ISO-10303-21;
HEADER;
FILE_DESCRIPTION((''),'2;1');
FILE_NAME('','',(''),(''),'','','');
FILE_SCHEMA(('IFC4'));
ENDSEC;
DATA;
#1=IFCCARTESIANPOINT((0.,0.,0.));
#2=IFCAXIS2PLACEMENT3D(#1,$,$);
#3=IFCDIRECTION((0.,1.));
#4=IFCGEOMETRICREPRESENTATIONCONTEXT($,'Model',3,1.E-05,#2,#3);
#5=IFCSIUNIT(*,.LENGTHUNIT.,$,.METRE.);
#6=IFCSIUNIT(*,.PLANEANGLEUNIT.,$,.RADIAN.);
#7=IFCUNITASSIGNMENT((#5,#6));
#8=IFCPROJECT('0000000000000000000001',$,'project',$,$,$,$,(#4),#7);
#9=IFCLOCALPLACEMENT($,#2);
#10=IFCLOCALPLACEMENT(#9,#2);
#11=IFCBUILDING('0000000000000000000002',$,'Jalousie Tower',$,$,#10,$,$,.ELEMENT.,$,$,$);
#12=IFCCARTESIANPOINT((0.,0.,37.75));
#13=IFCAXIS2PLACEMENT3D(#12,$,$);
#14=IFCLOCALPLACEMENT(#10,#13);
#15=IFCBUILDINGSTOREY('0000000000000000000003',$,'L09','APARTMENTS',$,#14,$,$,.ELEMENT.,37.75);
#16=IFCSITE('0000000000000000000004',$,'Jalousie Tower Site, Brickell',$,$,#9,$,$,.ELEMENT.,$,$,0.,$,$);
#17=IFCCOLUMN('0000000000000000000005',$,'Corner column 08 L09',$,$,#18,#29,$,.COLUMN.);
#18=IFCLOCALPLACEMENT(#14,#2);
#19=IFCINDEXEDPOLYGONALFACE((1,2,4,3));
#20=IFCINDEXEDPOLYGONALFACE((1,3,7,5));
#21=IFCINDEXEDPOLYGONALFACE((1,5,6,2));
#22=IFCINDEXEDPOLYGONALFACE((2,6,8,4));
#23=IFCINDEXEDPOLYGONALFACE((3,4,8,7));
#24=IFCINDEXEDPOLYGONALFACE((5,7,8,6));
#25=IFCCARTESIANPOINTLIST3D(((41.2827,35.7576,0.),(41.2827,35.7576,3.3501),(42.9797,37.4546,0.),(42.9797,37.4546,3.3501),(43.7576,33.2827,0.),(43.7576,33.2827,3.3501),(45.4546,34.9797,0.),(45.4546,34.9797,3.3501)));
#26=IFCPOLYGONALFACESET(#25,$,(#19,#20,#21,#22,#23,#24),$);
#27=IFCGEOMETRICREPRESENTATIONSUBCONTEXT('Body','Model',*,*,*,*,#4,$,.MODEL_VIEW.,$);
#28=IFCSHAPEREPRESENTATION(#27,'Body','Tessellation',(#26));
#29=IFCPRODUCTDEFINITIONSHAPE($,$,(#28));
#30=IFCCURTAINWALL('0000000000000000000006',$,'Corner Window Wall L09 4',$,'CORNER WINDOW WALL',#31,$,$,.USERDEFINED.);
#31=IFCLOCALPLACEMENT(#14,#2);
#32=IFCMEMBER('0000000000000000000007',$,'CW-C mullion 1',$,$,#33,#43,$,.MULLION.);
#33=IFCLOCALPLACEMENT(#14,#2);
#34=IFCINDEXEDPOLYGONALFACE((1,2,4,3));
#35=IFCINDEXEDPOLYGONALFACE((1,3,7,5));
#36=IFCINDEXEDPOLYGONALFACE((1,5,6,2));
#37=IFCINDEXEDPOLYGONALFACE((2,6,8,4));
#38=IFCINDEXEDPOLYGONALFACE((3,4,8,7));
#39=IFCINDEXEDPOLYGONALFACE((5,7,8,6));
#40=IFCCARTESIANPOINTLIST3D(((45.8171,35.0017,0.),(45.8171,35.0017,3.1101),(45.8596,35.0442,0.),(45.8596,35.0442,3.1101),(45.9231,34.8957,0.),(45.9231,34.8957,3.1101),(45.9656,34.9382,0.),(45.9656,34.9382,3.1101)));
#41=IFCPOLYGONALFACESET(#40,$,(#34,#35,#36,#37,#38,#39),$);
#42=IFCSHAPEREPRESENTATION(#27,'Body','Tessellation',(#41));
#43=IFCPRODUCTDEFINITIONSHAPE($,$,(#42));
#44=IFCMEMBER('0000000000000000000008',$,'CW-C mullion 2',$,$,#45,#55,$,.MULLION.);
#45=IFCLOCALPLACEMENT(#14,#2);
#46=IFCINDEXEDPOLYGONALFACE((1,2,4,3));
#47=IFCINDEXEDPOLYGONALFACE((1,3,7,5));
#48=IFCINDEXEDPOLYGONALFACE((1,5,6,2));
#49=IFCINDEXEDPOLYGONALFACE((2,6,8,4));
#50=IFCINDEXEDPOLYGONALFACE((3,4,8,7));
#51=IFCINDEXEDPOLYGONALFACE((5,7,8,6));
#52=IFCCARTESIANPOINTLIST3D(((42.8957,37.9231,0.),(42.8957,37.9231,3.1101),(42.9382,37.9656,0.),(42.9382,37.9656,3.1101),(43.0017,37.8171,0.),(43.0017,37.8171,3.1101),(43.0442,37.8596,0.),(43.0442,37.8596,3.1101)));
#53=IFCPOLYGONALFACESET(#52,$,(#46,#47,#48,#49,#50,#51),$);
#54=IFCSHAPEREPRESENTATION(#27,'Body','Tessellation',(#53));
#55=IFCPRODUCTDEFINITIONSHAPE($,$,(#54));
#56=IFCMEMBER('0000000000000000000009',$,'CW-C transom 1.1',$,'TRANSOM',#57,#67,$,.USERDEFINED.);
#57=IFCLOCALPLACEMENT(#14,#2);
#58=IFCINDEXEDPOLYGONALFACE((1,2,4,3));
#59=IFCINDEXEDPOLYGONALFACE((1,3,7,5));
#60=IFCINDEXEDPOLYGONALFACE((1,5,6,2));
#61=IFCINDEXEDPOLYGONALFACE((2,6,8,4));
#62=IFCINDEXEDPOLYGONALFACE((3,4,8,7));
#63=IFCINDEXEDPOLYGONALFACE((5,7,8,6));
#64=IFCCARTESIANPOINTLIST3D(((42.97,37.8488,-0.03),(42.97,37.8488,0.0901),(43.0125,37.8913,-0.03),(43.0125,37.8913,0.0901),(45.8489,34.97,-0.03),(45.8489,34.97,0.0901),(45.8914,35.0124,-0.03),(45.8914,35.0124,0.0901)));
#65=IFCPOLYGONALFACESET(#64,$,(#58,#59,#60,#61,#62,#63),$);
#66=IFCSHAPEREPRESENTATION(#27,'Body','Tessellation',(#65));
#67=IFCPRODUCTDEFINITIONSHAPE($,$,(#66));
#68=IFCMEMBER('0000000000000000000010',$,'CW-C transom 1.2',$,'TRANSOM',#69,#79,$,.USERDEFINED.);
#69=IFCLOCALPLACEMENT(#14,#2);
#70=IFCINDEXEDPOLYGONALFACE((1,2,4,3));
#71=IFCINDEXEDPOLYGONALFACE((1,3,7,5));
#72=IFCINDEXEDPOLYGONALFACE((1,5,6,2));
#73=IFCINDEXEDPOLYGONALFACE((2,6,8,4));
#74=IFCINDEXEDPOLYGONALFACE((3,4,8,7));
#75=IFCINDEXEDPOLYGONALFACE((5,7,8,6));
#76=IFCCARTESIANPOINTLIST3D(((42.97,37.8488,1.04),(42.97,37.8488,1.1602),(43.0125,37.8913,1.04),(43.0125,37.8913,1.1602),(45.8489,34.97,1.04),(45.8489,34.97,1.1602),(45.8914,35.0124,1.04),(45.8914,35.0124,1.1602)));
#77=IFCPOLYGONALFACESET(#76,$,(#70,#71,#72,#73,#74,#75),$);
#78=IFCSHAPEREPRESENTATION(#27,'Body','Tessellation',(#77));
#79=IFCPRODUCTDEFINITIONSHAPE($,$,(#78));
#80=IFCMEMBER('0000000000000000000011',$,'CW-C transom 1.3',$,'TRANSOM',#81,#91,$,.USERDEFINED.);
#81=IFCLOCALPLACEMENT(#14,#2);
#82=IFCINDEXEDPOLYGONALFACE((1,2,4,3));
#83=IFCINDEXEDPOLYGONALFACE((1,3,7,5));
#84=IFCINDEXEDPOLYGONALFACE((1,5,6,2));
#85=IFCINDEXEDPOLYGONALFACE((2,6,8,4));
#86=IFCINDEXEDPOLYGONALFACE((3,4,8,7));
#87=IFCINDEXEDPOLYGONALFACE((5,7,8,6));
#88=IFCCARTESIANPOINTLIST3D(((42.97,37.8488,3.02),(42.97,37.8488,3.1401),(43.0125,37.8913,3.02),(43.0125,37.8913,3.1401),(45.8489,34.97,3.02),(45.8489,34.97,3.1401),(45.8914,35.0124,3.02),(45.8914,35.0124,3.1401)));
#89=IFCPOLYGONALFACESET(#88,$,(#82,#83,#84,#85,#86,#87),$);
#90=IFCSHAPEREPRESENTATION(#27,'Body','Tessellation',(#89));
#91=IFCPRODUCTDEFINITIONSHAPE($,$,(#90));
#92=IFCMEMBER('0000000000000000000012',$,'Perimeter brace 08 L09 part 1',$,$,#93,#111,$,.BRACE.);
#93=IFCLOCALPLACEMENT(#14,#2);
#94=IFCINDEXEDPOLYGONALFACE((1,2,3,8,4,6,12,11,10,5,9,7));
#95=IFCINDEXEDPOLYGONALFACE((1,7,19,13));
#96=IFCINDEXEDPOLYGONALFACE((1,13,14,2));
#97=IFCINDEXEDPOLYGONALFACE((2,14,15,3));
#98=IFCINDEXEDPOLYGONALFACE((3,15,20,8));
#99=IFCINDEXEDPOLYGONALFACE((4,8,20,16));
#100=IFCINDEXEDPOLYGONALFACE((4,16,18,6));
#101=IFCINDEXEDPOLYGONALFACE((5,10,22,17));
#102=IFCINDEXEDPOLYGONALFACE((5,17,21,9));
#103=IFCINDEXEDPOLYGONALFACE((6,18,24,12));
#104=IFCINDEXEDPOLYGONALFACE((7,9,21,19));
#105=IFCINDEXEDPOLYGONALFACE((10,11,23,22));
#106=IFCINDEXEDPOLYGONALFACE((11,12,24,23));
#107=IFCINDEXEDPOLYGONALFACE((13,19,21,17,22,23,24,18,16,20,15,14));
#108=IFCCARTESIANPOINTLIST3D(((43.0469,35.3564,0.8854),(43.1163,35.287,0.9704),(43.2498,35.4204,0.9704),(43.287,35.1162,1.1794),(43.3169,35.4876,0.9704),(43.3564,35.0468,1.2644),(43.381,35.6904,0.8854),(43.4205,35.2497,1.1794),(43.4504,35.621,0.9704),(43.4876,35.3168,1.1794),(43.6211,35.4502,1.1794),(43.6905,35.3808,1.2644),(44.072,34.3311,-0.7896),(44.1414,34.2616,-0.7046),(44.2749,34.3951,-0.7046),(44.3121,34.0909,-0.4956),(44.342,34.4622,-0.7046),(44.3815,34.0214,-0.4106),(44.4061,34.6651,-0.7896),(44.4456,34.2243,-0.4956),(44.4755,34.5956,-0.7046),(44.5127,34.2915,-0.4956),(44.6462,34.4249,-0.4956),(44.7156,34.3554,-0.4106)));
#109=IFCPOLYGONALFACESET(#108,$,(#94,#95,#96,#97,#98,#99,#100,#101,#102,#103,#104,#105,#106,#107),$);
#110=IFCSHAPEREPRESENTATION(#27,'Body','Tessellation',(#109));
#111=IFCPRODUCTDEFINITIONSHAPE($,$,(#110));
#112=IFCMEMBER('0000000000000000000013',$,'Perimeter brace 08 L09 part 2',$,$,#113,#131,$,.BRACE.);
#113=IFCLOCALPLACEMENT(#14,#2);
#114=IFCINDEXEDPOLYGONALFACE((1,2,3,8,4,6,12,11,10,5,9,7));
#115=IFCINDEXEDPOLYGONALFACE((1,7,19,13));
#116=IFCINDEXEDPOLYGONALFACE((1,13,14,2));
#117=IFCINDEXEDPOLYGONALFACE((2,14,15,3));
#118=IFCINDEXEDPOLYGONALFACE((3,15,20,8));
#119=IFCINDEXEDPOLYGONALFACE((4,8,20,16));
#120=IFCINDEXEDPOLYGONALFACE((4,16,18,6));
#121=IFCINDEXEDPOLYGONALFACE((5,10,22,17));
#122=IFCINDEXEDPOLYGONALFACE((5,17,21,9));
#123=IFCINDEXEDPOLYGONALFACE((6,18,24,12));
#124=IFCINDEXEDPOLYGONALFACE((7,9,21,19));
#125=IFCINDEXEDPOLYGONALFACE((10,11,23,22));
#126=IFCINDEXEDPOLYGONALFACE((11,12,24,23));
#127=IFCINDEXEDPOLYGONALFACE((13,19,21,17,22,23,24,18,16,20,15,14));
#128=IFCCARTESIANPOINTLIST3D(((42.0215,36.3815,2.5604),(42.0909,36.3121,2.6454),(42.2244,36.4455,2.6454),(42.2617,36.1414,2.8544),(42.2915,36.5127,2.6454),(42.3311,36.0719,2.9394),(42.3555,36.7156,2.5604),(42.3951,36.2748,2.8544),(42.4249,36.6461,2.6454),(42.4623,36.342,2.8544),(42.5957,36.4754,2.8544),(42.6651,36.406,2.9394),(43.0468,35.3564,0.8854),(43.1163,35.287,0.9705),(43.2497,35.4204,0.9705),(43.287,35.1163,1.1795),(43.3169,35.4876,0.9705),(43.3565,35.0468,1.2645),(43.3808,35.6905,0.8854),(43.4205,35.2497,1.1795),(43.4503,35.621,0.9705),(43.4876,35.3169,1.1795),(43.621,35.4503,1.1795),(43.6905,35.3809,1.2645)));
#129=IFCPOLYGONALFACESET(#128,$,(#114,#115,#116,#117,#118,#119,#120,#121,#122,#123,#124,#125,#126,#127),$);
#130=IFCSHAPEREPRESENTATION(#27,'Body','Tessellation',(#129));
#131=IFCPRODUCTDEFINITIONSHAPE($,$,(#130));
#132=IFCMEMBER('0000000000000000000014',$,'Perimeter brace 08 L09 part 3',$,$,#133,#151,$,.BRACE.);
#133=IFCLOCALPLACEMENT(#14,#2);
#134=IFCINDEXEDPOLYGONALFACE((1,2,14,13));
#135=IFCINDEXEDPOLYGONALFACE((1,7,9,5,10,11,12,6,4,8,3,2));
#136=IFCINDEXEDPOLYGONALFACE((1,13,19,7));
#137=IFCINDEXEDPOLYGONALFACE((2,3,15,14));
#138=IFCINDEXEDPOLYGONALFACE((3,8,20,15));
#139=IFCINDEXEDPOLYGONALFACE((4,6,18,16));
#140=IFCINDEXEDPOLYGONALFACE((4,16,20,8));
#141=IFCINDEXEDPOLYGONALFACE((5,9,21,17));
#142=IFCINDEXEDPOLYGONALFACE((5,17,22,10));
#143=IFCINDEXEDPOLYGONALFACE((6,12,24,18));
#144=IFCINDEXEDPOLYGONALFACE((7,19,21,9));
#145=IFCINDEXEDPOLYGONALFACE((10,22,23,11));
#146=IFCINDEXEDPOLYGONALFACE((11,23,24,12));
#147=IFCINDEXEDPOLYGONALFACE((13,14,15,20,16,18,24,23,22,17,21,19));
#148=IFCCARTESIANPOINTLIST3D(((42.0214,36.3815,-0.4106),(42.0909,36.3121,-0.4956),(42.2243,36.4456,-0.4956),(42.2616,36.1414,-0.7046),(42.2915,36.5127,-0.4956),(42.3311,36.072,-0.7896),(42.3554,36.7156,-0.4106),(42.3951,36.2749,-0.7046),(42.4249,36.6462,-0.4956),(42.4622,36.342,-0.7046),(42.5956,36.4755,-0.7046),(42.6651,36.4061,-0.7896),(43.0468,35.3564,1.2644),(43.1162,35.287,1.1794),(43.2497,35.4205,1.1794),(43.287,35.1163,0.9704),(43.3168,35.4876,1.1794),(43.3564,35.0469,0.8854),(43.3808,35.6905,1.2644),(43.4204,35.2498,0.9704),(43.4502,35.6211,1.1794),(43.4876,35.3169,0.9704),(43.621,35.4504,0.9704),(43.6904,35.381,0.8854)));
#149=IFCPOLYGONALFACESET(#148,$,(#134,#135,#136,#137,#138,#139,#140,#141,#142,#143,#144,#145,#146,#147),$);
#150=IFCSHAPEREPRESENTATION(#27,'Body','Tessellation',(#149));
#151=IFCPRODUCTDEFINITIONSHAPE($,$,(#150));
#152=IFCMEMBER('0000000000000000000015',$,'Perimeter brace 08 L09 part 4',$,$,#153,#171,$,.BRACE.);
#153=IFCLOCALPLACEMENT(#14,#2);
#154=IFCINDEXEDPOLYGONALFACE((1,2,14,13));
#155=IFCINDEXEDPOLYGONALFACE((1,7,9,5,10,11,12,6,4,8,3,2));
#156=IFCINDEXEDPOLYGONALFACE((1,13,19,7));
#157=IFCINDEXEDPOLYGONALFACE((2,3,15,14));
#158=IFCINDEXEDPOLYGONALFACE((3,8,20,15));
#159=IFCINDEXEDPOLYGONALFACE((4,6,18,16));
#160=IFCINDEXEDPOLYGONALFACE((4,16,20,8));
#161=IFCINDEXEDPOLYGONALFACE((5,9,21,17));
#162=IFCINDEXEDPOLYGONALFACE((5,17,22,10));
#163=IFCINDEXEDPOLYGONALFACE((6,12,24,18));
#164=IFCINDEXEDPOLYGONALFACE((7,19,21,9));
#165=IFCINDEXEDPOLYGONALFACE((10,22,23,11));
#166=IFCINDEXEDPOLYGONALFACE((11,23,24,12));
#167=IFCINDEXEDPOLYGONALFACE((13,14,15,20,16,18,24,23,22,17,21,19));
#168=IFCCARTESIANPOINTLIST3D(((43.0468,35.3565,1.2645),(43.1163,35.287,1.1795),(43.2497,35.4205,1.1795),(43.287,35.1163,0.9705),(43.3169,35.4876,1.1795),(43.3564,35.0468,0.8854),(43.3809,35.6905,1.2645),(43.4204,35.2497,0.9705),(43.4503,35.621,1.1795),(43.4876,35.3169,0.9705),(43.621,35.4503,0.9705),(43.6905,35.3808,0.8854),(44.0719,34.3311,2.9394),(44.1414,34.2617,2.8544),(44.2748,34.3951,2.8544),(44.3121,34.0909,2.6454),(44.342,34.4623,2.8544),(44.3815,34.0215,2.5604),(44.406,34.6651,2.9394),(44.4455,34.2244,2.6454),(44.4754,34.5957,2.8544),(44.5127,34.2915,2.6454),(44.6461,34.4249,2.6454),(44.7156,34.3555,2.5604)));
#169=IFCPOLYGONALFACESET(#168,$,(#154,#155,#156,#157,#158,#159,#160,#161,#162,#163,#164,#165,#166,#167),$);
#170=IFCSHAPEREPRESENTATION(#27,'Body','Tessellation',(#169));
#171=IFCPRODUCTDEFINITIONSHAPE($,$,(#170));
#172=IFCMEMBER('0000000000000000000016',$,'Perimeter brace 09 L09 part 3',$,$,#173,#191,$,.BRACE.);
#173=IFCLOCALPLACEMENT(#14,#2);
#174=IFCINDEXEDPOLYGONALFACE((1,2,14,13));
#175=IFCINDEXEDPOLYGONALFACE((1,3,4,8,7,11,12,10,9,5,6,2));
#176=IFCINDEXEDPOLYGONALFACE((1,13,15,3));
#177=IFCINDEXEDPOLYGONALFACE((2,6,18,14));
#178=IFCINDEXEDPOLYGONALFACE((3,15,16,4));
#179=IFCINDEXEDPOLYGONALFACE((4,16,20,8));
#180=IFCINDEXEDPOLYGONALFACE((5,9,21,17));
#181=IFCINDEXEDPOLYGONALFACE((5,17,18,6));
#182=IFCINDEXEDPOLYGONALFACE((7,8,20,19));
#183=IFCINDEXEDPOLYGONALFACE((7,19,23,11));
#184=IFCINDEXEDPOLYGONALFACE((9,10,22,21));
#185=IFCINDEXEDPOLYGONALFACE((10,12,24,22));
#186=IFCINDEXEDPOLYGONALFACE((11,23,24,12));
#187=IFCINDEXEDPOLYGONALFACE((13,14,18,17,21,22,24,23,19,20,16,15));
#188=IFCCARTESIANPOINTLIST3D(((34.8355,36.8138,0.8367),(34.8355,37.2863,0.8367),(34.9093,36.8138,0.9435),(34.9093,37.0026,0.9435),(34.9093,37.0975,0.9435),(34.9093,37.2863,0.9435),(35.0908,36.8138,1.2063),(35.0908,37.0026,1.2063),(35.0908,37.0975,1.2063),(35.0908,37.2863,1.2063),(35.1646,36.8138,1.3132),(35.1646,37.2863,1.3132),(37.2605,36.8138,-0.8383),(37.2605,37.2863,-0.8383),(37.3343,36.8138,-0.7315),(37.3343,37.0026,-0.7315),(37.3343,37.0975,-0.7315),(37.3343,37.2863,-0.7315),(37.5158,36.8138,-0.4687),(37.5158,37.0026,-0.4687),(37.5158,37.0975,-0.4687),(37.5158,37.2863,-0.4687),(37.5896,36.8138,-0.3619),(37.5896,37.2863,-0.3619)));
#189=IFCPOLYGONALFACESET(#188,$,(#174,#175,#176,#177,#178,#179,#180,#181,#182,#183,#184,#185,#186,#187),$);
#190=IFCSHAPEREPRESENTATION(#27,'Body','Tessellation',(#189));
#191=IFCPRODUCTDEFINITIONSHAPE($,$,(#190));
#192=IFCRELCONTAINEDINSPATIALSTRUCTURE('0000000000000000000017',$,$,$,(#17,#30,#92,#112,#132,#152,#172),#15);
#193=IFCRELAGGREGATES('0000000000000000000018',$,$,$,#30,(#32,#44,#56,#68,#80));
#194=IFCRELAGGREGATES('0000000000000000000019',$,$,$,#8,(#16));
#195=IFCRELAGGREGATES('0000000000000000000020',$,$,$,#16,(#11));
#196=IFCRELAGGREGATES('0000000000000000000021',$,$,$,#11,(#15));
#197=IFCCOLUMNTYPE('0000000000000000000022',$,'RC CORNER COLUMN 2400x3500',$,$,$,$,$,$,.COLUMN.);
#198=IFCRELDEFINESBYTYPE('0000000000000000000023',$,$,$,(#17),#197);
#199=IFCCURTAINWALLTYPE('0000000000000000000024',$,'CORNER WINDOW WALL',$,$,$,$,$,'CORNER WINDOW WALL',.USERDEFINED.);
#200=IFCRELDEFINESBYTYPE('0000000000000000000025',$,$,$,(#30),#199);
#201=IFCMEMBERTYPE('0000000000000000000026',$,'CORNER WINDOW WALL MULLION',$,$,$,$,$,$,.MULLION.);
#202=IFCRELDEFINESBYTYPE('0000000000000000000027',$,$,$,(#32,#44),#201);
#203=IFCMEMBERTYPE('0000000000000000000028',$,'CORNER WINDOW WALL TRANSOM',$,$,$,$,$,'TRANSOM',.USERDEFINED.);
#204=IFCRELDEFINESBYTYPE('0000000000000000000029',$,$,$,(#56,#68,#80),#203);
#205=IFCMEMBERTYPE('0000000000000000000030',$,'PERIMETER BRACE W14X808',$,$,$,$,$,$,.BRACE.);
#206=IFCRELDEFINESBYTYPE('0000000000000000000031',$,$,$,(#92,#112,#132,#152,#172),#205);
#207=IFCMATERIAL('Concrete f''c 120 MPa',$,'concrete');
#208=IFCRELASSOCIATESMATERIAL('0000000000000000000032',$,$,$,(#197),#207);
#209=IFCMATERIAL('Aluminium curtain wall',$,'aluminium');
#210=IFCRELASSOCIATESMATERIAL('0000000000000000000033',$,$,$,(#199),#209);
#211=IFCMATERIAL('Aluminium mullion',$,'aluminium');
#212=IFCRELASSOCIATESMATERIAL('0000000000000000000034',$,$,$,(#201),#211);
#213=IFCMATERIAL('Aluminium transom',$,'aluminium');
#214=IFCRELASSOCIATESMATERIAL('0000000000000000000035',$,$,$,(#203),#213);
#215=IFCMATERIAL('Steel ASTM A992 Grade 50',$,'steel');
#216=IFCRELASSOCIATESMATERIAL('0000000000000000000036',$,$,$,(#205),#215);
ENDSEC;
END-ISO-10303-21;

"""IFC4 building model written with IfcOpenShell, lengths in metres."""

from ifc_helpers import new_model, si_unit, direction, frame, origin, origin_2d, place, context, subcontext, project, spatial, rectangle, i_section, extrude, material, material_profile, profile_set, type_object, element, aggregate, save


model = new_model("IFC4")

# Units and contexts
model_context = context("Model", 3, precision=1e-05, world=origin(), true_north=direction((0.0, 1.0)))
body_context = subcontext(model_context, "Body", "Model", "MODEL_VIEW")
ifc_project = project(units=[si_unit("LENGTHUNIT", "METRE"), si_unit("PLANEANGLEUNIT", "RADIAN")], contexts=[model_context])

# Site, building, storey
site_placement = place(None, origin())
site = spatial("IfcSite", under=ifc_project, at=site_placement, Name="Jalousie Tower Site, Brickell", CompositionType="ELEMENT", RefElevation=0.0)
building_placement = place(site_placement, origin())
building = spatial("IfcBuilding", under=site, at=building_placement, Name="Jalousie Tower", CompositionType="ELEMENT")
storey_placement = place(building_placement, frame((0.0, 0.0, 37.75)))
storey = spatial("IfcBuildingStorey", under=building, at=storey_placement, Name="L09", Description="APARTMENTS", CompositionType="ELEMENT", Elevation=37.75)

# Column
ifc_material_1 = material(Name="Concrete f'c 120 MPa", Category="concrete")
ifc_material_profile_1 = material_profile(ifc_material_1, rectangle(XDim=2.3999, YDim=3.5, at=origin_2d()), Name="RC 2400x3500")
ifc_profile_set_1 = profile_set([ifc_material_profile_1], Name="Concrete f'c 120 MPa")
column_type = type_object("IfcColumnType", Name="RC CORNER COLUMN 2400x3500", PredefinedType="COLUMN", material=ifc_profile_set_1)
column_placement = place(storey_placement, frame((43.3687, 35.3687, 0.0), z_axis=(0.0, 0.0, 1.0), x_axis=(-0.707107, -0.707107, 0.0)))
element("IfcColumn", 1, at=column_placement, inside=storey, type_object=column_type, Name="Corner column 08 L09", PredefinedType="COLUMN", context=body_context, shape_type="SweptSolid", body=[
    extrude(rectangle(XDim=2.3999, YDim=3.5, at=origin_2d()), origin(), (0.0, 0.0, 1.0), 3.3501),
])

# Curtain wall, members
ifc_material_2 = material(Name="Aluminium curtain wall", Category="aluminium")
curtain_wall_type_1 = type_object("IfcCurtainWallType", Name="CORNER WINDOW WALL", ElementType="CORNER WINDOW WALL", PredefinedType="USERDEFINED", material=ifc_material_2)
curtain_wall_1_placement = place(storey_placement, origin())
curtain_wall_1 = element("IfcCurtainWall", 2, at=curtain_wall_1_placement, inside=storey, type_object=curtain_wall_type_1, Name="Corner Window Wall L09 4", ObjectType="CORNER WINDOW WALL", PredefinedType="USERDEFINED")
ifc_material_3 = material(Name="Aluminium mullion", Category="aluminium")
ifc_material_profile_2 = material_profile(ifc_material_3, rectangle(XDim=0.0601, YDim=0.1499, at=origin_2d()), Name="MULLION 60x150")
ifc_profile_set_2 = profile_set([ifc_material_profile_2], Name="Aluminium mullion")
member_type_1 = type_object("IfcMemberType", Name="CORNER WINDOW WALL MULLION", PredefinedType="MULLION", material=ifc_profile_set_2)
member_1_placement = place(storey_placement, frame((45.8914, 34.97, 0.0), z_axis=(0.0, 0.0, 1.0), x_axis=(-0.707107, -0.707107, 0.0)))
member_1 = element("IfcMember", 3, at=member_1_placement, type_object=member_type_1, Name="CW-C mullion 1", PredefinedType="MULLION", context=body_context, shape_type="SweptSolid", body=[
    extrude(rectangle(XDim=0.0601, YDim=0.1499, at=origin_2d()), origin(), (0.0, 0.0, 1.0), 3.1101),
])
member_2_placement = place(storey_placement, frame((42.97, 37.8914, 0.0), z_axis=(0.0, 0.0, 1.0), x_axis=(-0.707107, -0.707107, 0.0)))
member_2 = element("IfcMember", 4, at=member_2_placement, type_object=member_type_1, Name="CW-C mullion 2", PredefinedType="MULLION", context=body_context, shape_type="SweptSolid", body=[
    extrude(rectangle(XDim=0.0601, YDim=0.1499, at=origin_2d()), origin(), (0.0, 0.0, 1.0), 3.1101),
])
ifc_material_4 = material(Name="Aluminium transom", Category="aluminium")
ifc_material_profile_3 = material_profile(ifc_material_4, rectangle(XDim=0.0601, YDim=0.1201, at=origin_2d()), Name="TRANSOM 60x120")
ifc_profile_set_3 = profile_set([ifc_material_profile_3], Name="Aluminium transom")
member_type_2 = type_object("IfcMemberType", Name="CORNER WINDOW WALL TRANSOM", ElementType="TRANSOM", PredefinedType="USERDEFINED", material=ifc_profile_set_3)
member_3_placement = place(storey_placement, frame((45.8701, 34.9912, 0.03), z_axis=(-0.707107, 0.707107, 0.0), x_axis=(-0.707107, -0.707107, 0.0)))
member_3 = element("IfcMember", 5, at=member_3_placement, type_object=member_type_2, Name="CW-C transom 1.1", ObjectType="TRANSOM", PredefinedType="USERDEFINED", context=body_context, shape_type="SweptSolid", body=[
    extrude(rectangle(XDim=0.0601, YDim=0.1201, at=origin_2d()), origin(), (0.0, 0.0, 1.0), 4.0713),
])
member_4_placement = place(storey_placement, frame((45.8701, 34.9912, 1.1001), z_axis=(-0.707107, 0.707107, 0.0), x_axis=(-0.707107, -0.707107, 0.0)))
member_4 = element("IfcMember", 6, at=member_4_placement, type_object=member_type_2, Name="CW-C transom 1.2", ObjectType="TRANSOM", PredefinedType="USERDEFINED", context=body_context, shape_type="SweptSolid", body=[
    extrude(rectangle(XDim=0.0601, YDim=0.1201, at=origin_2d()), origin(), (0.0, 0.0, 1.0), 4.0713),
])
member_5_placement = place(storey_placement, frame((45.8701, 34.9912, 3.0801), z_axis=(-0.707107, 0.707107, 0.0), x_axis=(-0.707107, -0.707107, 0.0)))
member_5 = element("IfcMember", 7, at=member_5_placement, type_object=member_type_2, Name="CW-C transom 1.3", ObjectType="TRANSOM", PredefinedType="USERDEFINED", context=body_context, shape_type="SweptSolid", body=[
    extrude(rectangle(XDim=0.0601, YDim=0.1201, at=origin_2d()), origin(), (0.0, 0.0, 1.0), 4.0713),
])

# Members
ifc_material_5 = material(Name="Steel ASTM A992 Grade 50", Category="steel")
ifc_material_profile_4 = material_profile(ifc_material_5, i_section(OverallWidth=0.4724, OverallDepth=0.5791, WebThickness=0.095, FlangeThickness=0.1299, at=origin_2d()), Name="W14X808")
ifc_profile_set_4 = profile_set([ifc_material_profile_4], Name="Steel ASTM A992 Grade 50")
member_type_3 = type_object("IfcMemberType", Name="PERIMETER BRACE W14X808", PredefinedType="BRACE", material=ifc_profile_set_4)
for number, where, z_axis, x_axis, name in (
    (8, (44.3938, 34.3433, -0.6001), (-0.46273, 0.46284, 0.756082), (-0.707191, -0.707023, 0.0), "Perimeter brace 08 L09 part 1"),
    (9, (43.3687, 35.3687, 1.075), (-0.46284, 0.46273, 0.756082), (-0.707023, -0.707191, 0.0), "Perimeter brace 08 L09 part 2"),
    (10, (42.3433, 36.3938, -0.6001), (0.46284, -0.46273, 0.756082), (0.707023, 0.707191, 0.0), "Perimeter brace 08 L09 part 3"),
    (11, (43.3687, 35.3687, 1.075), (0.46273, -0.46284, 0.756082), (0.707191, 0.707023, 0.0), "Perimeter brace 08 L09 part 4"),
):
    element("IfcMember", number, at=place(storey_placement, frame(where, z_axis=z_axis, x_axis=x_axis)), inside=storey, type_object=member_type_3, Name=name, PredefinedType="BRACE", context=body_context, shape_type="SweptSolid", body=[
        extrude(i_section(OverallWidth=0.4724, OverallDepth=0.5791, WebThickness=0.095, FlangeThickness=0.1299, at=origin_2d()), origin(), (0.0, 0.0, 1.0), 2.2153),
    ])
member_6_placement = place(storey_placement, frame((37.425, 37.05, -0.6001), z_axis=(-0.8228, 0.0, 0.568331), x_axis=(0.0, -1.0, 0.0)))
element("IfcMember", 12, at=member_6_placement, inside=storey, type_object=member_type_3, Name="Perimeter brace 09 L09 part 3", PredefinedType="BRACE", context=body_context, shape_type="SweptSolid", body=[
    extrude(i_section(OverallWidth=0.4724, OverallDepth=0.5791, WebThickness=0.095, FlangeThickness=0.1299, at=origin_2d()), origin(), (0.0, 0.0, 1.0), 2.9473),
])

aggregate(curtain_wall_1, [member_1, member_2, member_3, member_4, member_5])

save(model, "model.ifc")
